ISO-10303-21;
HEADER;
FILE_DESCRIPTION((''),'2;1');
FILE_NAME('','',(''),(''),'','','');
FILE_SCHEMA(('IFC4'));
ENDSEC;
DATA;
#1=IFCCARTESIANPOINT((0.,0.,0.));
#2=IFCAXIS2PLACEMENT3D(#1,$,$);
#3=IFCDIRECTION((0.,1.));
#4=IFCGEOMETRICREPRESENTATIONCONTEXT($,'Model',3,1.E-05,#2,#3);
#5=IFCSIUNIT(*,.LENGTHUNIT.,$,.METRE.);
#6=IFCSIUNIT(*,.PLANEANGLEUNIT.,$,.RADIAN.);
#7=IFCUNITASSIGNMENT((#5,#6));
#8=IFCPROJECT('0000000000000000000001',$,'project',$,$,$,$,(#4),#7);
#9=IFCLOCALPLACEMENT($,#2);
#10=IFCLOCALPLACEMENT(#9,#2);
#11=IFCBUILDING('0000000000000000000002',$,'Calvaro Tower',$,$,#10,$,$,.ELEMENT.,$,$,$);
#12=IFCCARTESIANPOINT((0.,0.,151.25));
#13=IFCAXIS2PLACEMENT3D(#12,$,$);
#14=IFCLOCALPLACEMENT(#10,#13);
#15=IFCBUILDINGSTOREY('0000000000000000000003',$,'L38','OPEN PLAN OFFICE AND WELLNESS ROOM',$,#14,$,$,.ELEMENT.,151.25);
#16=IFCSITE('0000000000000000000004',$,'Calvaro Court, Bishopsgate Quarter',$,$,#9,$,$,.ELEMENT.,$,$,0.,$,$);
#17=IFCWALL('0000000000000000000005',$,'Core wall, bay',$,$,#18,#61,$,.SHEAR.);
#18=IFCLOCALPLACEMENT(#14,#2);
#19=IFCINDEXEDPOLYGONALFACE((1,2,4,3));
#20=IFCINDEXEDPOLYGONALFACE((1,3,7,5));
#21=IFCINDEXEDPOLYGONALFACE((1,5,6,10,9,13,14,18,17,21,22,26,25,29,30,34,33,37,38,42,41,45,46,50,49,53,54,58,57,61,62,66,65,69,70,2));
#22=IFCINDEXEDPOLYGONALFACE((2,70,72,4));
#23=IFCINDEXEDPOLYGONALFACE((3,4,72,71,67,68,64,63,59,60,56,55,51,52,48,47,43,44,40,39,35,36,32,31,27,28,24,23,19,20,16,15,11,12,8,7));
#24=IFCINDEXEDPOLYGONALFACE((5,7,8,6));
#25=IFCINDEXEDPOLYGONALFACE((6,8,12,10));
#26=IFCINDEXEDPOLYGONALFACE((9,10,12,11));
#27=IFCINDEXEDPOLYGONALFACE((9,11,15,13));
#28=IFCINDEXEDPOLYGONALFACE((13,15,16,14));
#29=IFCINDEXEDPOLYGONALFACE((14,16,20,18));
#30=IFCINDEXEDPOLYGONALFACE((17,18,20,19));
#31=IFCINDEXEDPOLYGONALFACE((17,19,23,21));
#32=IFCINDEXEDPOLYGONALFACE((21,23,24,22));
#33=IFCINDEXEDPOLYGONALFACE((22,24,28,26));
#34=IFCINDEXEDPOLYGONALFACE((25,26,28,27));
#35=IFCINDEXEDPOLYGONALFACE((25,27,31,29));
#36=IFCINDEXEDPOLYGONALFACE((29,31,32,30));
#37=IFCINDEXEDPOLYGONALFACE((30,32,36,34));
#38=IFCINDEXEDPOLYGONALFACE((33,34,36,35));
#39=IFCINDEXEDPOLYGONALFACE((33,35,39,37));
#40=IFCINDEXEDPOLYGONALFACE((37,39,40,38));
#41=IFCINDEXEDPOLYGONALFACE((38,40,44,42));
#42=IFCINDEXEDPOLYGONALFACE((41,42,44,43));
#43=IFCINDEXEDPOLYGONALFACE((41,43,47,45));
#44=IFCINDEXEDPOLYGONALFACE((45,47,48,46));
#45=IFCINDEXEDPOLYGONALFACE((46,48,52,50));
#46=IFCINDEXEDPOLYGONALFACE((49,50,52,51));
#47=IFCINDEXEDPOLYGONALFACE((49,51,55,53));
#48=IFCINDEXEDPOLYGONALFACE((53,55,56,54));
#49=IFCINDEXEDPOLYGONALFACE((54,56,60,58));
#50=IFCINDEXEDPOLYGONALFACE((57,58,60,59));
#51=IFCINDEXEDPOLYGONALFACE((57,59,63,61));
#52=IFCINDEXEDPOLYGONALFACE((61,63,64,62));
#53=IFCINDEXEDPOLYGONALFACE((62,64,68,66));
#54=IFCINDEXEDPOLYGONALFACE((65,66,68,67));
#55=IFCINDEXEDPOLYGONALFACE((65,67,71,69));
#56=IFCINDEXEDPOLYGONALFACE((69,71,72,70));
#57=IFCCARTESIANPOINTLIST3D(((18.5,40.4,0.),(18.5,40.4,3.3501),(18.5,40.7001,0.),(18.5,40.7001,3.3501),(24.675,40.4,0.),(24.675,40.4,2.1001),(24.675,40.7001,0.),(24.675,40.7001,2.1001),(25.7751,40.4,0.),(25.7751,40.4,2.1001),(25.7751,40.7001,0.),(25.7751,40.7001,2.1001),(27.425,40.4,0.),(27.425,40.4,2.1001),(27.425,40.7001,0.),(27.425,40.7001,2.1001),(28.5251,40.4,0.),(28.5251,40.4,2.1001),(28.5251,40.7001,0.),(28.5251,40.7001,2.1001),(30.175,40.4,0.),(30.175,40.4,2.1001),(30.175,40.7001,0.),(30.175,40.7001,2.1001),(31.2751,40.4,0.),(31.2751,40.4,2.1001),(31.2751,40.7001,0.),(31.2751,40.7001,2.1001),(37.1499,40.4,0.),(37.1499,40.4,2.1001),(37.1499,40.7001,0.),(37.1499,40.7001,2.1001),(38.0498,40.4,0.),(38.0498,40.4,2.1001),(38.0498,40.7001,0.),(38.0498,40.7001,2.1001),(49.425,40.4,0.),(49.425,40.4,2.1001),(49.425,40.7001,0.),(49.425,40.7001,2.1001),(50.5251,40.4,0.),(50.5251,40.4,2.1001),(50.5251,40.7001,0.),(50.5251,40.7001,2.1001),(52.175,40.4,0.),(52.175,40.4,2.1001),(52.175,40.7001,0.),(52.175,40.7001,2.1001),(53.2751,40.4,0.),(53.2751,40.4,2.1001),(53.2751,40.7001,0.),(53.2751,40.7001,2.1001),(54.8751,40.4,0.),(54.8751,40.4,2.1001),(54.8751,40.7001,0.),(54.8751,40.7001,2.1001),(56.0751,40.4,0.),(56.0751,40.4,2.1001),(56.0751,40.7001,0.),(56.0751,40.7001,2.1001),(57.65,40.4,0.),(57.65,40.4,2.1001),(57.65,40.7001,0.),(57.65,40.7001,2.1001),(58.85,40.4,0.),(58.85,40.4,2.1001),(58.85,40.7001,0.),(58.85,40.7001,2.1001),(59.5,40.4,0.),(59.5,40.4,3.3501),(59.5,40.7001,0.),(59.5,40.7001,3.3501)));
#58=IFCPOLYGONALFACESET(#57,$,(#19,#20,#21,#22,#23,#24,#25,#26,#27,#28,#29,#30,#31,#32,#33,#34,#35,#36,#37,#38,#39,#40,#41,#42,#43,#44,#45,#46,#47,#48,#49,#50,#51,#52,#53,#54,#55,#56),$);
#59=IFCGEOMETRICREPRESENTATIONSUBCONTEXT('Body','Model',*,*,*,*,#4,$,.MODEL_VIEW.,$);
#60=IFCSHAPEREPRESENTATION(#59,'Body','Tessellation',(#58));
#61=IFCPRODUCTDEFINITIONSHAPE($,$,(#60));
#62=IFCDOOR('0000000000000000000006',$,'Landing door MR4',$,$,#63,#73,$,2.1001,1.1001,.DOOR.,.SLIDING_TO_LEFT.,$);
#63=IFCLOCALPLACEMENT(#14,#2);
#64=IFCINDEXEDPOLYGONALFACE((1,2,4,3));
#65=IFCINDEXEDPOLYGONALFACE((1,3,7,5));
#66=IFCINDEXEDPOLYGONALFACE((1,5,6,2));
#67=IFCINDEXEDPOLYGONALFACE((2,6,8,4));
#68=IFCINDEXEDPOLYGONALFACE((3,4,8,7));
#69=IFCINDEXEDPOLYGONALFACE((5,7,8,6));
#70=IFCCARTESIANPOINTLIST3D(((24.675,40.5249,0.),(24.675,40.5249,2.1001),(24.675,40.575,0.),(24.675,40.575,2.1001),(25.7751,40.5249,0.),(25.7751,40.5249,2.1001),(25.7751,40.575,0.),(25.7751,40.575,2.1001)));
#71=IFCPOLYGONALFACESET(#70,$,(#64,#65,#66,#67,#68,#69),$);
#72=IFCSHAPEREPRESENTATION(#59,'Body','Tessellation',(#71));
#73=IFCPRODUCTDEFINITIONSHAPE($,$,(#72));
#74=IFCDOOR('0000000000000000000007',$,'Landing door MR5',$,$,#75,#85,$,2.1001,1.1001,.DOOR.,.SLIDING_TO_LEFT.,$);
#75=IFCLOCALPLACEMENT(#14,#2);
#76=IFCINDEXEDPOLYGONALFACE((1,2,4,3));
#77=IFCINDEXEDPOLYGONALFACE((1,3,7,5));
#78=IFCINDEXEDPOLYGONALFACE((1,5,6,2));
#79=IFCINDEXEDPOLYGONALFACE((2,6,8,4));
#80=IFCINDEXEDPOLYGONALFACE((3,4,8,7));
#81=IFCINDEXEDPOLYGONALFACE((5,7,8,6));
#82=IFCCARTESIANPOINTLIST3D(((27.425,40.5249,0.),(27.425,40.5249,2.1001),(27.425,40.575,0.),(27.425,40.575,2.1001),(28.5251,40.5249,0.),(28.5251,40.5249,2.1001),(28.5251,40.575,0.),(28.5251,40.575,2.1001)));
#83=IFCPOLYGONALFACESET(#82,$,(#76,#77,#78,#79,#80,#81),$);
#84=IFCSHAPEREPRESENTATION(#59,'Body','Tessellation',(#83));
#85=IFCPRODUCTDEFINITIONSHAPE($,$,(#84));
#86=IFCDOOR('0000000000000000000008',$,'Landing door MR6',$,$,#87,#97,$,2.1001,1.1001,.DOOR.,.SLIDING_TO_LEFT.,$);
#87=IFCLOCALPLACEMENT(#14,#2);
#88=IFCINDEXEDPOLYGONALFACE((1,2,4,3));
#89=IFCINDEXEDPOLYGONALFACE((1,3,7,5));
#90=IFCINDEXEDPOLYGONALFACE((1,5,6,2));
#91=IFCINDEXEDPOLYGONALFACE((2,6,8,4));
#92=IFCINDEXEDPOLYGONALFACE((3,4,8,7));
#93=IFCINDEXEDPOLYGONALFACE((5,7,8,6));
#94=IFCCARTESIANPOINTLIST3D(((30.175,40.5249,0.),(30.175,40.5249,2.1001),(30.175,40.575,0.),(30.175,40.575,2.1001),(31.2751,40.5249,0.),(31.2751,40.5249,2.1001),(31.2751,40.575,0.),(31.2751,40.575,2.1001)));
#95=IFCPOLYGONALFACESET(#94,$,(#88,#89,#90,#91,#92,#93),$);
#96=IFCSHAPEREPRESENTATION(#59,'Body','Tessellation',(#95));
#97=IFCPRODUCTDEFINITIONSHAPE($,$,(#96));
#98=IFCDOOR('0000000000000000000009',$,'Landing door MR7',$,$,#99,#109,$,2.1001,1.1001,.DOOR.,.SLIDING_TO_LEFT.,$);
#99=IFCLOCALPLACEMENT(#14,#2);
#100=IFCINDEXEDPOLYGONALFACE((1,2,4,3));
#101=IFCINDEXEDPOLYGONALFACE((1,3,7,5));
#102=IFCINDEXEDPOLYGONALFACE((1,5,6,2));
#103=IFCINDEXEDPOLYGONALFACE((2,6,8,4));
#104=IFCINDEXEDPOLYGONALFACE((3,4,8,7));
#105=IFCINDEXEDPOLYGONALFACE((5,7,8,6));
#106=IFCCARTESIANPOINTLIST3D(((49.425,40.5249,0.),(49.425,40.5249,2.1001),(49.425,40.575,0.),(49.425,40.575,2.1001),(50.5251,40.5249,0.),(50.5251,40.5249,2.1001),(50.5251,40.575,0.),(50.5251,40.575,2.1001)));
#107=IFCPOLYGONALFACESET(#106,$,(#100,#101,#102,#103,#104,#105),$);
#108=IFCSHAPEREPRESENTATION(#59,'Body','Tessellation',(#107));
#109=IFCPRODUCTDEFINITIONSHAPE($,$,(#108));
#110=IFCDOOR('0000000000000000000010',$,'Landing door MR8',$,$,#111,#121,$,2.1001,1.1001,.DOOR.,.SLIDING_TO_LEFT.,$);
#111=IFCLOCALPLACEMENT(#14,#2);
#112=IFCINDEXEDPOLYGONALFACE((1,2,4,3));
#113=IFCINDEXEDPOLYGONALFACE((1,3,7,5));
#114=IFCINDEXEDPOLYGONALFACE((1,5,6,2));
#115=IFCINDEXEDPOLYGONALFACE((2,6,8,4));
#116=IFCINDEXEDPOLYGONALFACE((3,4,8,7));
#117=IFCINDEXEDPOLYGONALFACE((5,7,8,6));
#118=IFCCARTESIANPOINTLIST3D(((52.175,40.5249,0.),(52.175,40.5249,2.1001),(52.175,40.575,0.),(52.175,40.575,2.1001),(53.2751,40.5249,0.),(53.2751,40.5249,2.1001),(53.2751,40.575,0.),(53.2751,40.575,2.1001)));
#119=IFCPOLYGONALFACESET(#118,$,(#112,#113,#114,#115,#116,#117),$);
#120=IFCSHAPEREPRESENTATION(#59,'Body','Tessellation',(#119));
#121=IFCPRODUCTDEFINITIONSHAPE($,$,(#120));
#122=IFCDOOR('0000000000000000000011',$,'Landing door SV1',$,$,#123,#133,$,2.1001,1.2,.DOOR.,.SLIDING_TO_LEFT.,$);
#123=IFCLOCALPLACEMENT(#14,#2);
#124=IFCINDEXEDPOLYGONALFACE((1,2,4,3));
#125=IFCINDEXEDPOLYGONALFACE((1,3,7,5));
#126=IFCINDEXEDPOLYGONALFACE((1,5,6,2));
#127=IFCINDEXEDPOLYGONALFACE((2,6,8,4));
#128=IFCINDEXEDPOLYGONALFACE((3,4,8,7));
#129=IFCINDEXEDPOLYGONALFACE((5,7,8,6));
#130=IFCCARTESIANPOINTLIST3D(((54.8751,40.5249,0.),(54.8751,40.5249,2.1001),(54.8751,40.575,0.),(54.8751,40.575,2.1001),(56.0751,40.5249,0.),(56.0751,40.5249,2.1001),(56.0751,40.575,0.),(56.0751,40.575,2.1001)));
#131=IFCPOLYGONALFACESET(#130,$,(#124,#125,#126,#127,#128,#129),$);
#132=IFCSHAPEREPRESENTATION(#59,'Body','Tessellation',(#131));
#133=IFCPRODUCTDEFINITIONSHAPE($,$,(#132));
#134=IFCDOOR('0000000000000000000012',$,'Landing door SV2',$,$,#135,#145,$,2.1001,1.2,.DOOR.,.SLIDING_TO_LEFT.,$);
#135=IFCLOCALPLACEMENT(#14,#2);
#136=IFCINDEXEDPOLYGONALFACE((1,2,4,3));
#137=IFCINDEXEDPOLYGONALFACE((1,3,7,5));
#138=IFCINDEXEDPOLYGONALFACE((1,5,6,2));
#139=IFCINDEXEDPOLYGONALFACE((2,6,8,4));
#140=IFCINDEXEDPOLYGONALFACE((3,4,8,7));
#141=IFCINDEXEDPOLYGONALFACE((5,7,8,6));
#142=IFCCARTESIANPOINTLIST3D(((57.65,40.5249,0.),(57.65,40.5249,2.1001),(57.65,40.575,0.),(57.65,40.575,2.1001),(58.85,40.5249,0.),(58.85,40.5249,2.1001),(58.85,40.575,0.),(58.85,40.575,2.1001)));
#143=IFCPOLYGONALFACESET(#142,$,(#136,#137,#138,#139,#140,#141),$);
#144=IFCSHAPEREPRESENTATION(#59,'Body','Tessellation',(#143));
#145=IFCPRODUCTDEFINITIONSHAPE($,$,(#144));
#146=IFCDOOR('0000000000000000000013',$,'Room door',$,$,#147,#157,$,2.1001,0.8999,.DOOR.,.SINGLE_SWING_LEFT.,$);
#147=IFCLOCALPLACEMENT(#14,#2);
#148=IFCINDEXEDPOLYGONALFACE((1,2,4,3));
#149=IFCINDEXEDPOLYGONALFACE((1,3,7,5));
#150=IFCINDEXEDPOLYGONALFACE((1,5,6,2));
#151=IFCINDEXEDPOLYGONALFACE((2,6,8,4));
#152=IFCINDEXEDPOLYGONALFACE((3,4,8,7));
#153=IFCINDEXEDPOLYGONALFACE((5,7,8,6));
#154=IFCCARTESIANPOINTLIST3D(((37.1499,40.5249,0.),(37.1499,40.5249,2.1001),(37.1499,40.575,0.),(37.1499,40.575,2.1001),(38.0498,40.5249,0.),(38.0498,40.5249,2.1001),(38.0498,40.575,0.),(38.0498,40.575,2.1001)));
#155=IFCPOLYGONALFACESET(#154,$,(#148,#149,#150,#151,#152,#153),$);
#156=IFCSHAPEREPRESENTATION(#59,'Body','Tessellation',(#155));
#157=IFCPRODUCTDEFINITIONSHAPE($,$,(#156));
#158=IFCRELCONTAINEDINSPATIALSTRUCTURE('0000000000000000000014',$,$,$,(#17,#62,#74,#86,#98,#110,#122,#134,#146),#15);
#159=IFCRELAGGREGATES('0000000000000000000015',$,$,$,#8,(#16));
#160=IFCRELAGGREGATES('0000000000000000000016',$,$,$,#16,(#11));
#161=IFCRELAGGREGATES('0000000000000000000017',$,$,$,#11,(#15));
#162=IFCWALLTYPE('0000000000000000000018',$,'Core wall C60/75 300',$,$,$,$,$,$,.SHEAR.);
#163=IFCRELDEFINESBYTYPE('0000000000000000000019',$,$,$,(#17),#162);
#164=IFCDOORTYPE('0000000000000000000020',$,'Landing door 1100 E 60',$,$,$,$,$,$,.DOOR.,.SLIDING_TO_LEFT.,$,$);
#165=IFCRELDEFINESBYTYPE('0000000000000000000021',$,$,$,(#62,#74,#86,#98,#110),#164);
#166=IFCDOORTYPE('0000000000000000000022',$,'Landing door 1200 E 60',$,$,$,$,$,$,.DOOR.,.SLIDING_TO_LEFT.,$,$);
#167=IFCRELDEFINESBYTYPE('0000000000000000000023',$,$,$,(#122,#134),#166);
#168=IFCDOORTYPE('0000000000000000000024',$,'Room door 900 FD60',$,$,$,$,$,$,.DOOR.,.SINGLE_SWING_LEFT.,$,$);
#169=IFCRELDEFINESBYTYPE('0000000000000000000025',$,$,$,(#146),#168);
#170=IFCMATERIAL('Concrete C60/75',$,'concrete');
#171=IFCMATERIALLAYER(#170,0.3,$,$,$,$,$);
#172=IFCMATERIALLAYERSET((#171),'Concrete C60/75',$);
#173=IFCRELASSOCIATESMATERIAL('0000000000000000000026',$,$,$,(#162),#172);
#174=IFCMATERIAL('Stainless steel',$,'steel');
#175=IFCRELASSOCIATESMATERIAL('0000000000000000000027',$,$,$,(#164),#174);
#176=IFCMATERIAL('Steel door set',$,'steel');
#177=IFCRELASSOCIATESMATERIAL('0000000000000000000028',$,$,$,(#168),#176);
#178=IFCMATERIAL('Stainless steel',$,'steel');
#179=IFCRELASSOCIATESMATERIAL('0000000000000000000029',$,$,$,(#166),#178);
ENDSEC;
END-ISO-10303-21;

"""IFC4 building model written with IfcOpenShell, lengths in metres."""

from ifc_helpers import new_model, si_unit, direction, frame, frame_2d, origin, place, context, subcontext, project, spatial, rectangle, extrude, material, layer, layer_set, type_object, element, fill, save


model = new_model("IFC4")

# Units and contexts
model_context = context("Model", 3, precision=1e-05, world=origin(), true_north=direction((0.0, 1.0)))
body_context = subcontext(model_context, "Body", "Model", "MODEL_VIEW")
ifc_project = project(units=[si_unit("LENGTHUNIT", "METRE"), si_unit("PLANEANGLEUNIT", "RADIAN")], contexts=[model_context])

# Site, building, storey
site_placement = place(None, origin())
site = spatial("IfcSite", under=ifc_project, at=site_placement, Name="Calvaro Court, Bishopsgate Quarter", CompositionType="ELEMENT", RefElevation=0.0)
building_placement = place(site_placement, origin())
building = spatial("IfcBuilding", under=site, at=building_placement, Name="Calvaro Tower", CompositionType="ELEMENT")
storey_placement = place(building_placement, frame((0.0, 0.0, 151.25)))
storey = spatial("IfcBuildingStorey", under=building, at=storey_placement, Name="L38", Description="OPEN PLAN OFFICE AND WELLNESS ROOM", CompositionType="ELEMENT", Elevation=151.25)

# Shared definitions
ifc_material_1 = material(Name="Concrete C60/75", Category="concrete")
ifc_layer_1 = layer(ifc_material_1, 0.3)
ifc_layer_set_1 = layer_set([ifc_layer_1], Name="Concrete C60/75")
wall_type_1 = type_object("IfcWallType", Name="Core wall C60/75 300", PredefinedType="SHEAR", material=ifc_layer_set_1)
ifc_material_2 = material(Name="Stainless steel", Category="steel")
door_type_1 = type_object("IfcDoorType", Name="Landing door 1100 E 60", OperationType="SLIDING_TO_LEFT", PredefinedType="DOOR", material=ifc_material_2)

# Shared definitions
ifc_material_3 = material(Name="Steel door set", Category="steel")
door_type_2 = type_object("IfcDoorType", Name="Room door 900 FD60", OperationType="SINGLE_SWING_LEFT", PredefinedType="DOOR", material=ifc_material_3)

# Wall, openings, doors
wall_1_placement = place(storey_placement, frame((18.5, 40.55, 0.0), z_axis=(0.0, 0.0, 1.0), x_axis=(1.0, 0.0, 0.0)))
wall_1 = element("IfcWall", 1, at=wall_1_placement, inside=storey, type_object=wall_type_1, Name="Core wall, bay", PredefinedType="SHEAR", context=body_context, shape_type="SweptSolid", body=[
    extrude(rectangle(XDim=41.0, YDim=0.3, at=frame_2d((20.5, 0.0))), origin(), (0.0, 0.0, 1.0), 3.3501),
])
opening_1_placement = place(wall_1_placement, frame((18.6499, 0.0, 0.0)))
opening_1 = element("IfcOpeningElement", 2, at=opening_1_placement, cuts=wall_1, PredefinedType="OPENING", context=body_context, shape_type="SweptSolid", body=[
    extrude(rectangle(XDim=0.8999, YDim=2.1001, at=frame_2d((0.45, 1.05))), frame((0.0, 0.1599, 0.0), z_axis=(0.0, -1.0, 0.0), x_axis=(1.0, 0.0, 0.0)), (0.0, 0.0, 1.0), 0.3201),
])
opening_2_placement = place(wall_1_placement, frame((6.175, 0.0, 0.0)))
opening_2 = element("IfcOpeningElement", 3, at=opening_2_placement, cuts=wall_1, PredefinedType="OPENING", context=body_context, shape_type="SweptSolid", body=[
    extrude(rectangle(XDim=1.1001, YDim=2.1001, at=frame_2d((0.55, 1.05))), frame((0.0, 0.1599, 0.0), z_axis=(0.0, -1.0, 0.0), x_axis=(1.0, 0.0, 0.0)), (0.0, 0.0, 1.0), 0.3201),
])
opening_3_placement = place(wall_1_placement, frame((8.925, 0.0, 0.0)))
opening_3 = element("IfcOpeningElement", 4, at=opening_3_placement, cuts=wall_1, PredefinedType="OPENING", context=body_context, shape_type="SweptSolid", body=[
    extrude(rectangle(XDim=1.1001, YDim=2.1001, at=frame_2d((0.55, 1.05))), frame((0.0, 0.1599, 0.0), z_axis=(0.0, -1.0, 0.0), x_axis=(1.0, 0.0, 0.0)), (0.0, 0.0, 1.0), 0.3201),
])
opening_4_placement = place(wall_1_placement, frame((11.675, 0.0, 0.0)))
opening_4 = element("IfcOpeningElement", 5, at=opening_4_placement, cuts=wall_1, PredefinedType="OPENING", context=body_context, shape_type="SweptSolid", body=[
    extrude(rectangle(XDim=1.1001, YDim=2.1001, at=frame_2d((0.55, 1.05))), frame((0.0, 0.1599, 0.0), z_axis=(0.0, -1.0, 0.0), x_axis=(1.0, 0.0, 0.0)), (0.0, 0.0, 1.0), 0.3201),
])
opening_5_placement = place(wall_1_placement, frame((30.925, 0.0, 0.0)))
opening_5 = element("IfcOpeningElement", 6, at=opening_5_placement, cuts=wall_1, PredefinedType="OPENING", context=body_context, shape_type="SweptSolid", body=[
    extrude(rectangle(XDim=1.1001, YDim=2.1001, at=frame_2d((0.55, 1.05))), frame((0.0, 0.1599, 0.0), z_axis=(0.0, -1.0, 0.0), x_axis=(1.0, 0.0, 0.0)), (0.0, 0.0, 1.0), 0.3201),
])
opening_6_placement = place(wall_1_placement, frame((33.675, 0.0, 0.0)))
opening_6 = element("IfcOpeningElement", 7, at=opening_6_placement, cuts=wall_1, PredefinedType="OPENING", context=body_context, shape_type="SweptSolid", body=[
    extrude(rectangle(XDim=1.1001, YDim=2.1001, at=frame_2d((0.55, 1.05))), frame((0.0, 0.1599, 0.0), z_axis=(0.0, -1.0, 0.0), x_axis=(1.0, 0.0, 0.0)), (0.0, 0.0, 1.0), 0.3201),
])
opening_7_placement = place(wall_1_placement, frame((36.375, 0.0, 0.0)))
opening_7 = element("IfcOpeningElement", 8, at=opening_7_placement, cuts=wall_1, PredefinedType="OPENING", context=body_context, shape_type="SweptSolid", body=[
    extrude(rectangle(XDim=1.2, YDim=2.1001, at=frame_2d((0.6001, 1.05))), frame((0.0, 0.1599, 0.0), z_axis=(0.0, -1.0, 0.0), x_axis=(1.0, 0.0, 0.0)), (0.0, 0.0, 1.0), 0.3201),
])
opening_8_placement = place(wall_1_placement, frame((39.1499, 0.0, 0.0)))
opening_8 = element("IfcOpeningElement", 9, at=opening_8_placement, cuts=wall_1, PredefinedType="OPENING", context=body_context, shape_type="SweptSolid", body=[
    extrude(rectangle(XDim=1.2, YDim=2.1001, at=frame_2d((0.6001, 1.05))), frame((0.0, 0.1599, 0.0), z_axis=(0.0, -1.0, 0.0), x_axis=(1.0, 0.0, 0.0)), (0.0, 0.0, 1.0), 0.3201),
])
door_1_placement = place(opening_2_placement, origin())
door_1 = element("IfcDoor", 10, at=door_1_placement, inside=storey, type_object=door_type_1, Name="Landing door MR4", OperationType="SLIDING_TO_LEFT", OverallHeight=2.1001, OverallWidth=1.1001, PredefinedType="DOOR", context=body_context, shape_type="SweptSolid", body=[
    extrude(rectangle(XDim=1.1001, YDim=2.1001, at=frame_2d((0.55, 1.05))), frame((0.0, 0.0249, 0.0), z_axis=(0.0, -1.0, 0.0), x_axis=(1.0, 0.0, 0.0)), (0.0, 0.0, 1.0), 0.05),
])
fill(opening_2, door_1)
door_2_placement = place(opening_3_placement, origin())
door_2 = element("IfcDoor", 11, at=door_2_placement, inside=storey, type_object=door_type_1, Name="Landing door MR5", OperationType="SLIDING_TO_LEFT", OverallHeight=2.1001, OverallWidth=1.1001, PredefinedType="DOOR", context=body_context, shape_type="SweptSolid", body=[
    extrude(rectangle(XDim=1.1001, YDim=2.1001, at=frame_2d((0.55, 1.05))), frame((0.0, 0.0249, 0.0), z_axis=(0.0, -1.0, 0.0), x_axis=(1.0, 0.0, 0.0)), (0.0, 0.0, 1.0), 0.05),
])
fill(opening_3, door_2)
door_3_placement = place(opening_4_placement, origin())
door_3 = element("IfcDoor", 12, at=door_3_placement, inside=storey, type_object=door_type_1, Name="Landing door MR6", OperationType="SLIDING_TO_LEFT", OverallHeight=2.1001, OverallWidth=1.1001, PredefinedType="DOOR", context=body_context, shape_type="SweptSolid", body=[
    extrude(rectangle(XDim=1.1001, YDim=2.1001, at=frame_2d((0.55, 1.05))), frame((0.0, 0.0249, 0.0), z_axis=(0.0, -1.0, 0.0), x_axis=(1.0, 0.0, 0.0)), (0.0, 0.0, 1.0), 0.05),
])
fill(opening_4, door_3)
door_4_placement = place(opening_5_placement, origin())
door_4 = element("IfcDoor", 13, at=door_4_placement, inside=storey, type_object=door_type_1, Name="Landing door MR7", OperationType="SLIDING_TO_LEFT", OverallHeight=2.1001, OverallWidth=1.1001, PredefinedType="DOOR", context=body_context, shape_type="SweptSolid", body=[
    extrude(rectangle(XDim=1.1001, YDim=2.1001, at=frame_2d((0.55, 1.05))), frame((0.0, 0.0249, 0.0), z_axis=(0.0, -1.0, 0.0), x_axis=(1.0, 0.0, 0.0)), (0.0, 0.0, 1.0), 0.05),
])
fill(opening_5, door_4)
door_5_placement = place(opening_6_placement, origin())
door_5 = element("IfcDoor", 14, at=door_5_placement, inside=storey, type_object=door_type_1, Name="Landing door MR8", OperationType="SLIDING_TO_LEFT", OverallHeight=2.1001, OverallWidth=1.1001, PredefinedType="DOOR", context=body_context, shape_type="SweptSolid", body=[
    extrude(rectangle(XDim=1.1001, YDim=2.1001, at=frame_2d((0.55, 1.05))), frame((0.0, 0.0249, 0.0), z_axis=(0.0, -1.0, 0.0), x_axis=(1.0, 0.0, 0.0)), (0.0, 0.0, 1.0), 0.05),
])
fill(opening_6, door_5)
ifc_material_4 = material(Name="Stainless steel", Category="steel")
door_type_3 = type_object("IfcDoorType", Name="Landing door 1200 E 60", OperationType="SLIDING_TO_LEFT", PredefinedType="DOOR", material=ifc_material_4)
door_6_placement = place(opening_7_placement, origin())
door_6 = element("IfcDoor", 15, at=door_6_placement, inside=storey, type_object=door_type_3, Name="Landing door SV1", OperationType="SLIDING_TO_LEFT", OverallHeight=2.1001, OverallWidth=1.2, PredefinedType="DOOR", context=body_context, shape_type="SweptSolid", body=[
    extrude(rectangle(XDim=1.2, YDim=2.1001, at=frame_2d((0.6001, 1.05))), frame((0.0, 0.0249, 0.0), z_axis=(0.0, -1.0, 0.0), x_axis=(1.0, 0.0, 0.0)), (0.0, 0.0, 1.0), 0.05),
])
fill(opening_7, door_6)
door_7_placement = place(opening_8_placement, origin())
door_7 = element("IfcDoor", 16, at=door_7_placement, inside=storey, type_object=door_type_3, Name="Landing door SV2", OperationType="SLIDING_TO_LEFT", OverallHeight=2.1001, OverallWidth=1.2, PredefinedType="DOOR", context=body_context, shape_type="SweptSolid", body=[
    extrude(rectangle(XDim=1.2, YDim=2.1001, at=frame_2d((0.6001, 1.05))), frame((0.0, 0.0249, 0.0), z_axis=(0.0, -1.0, 0.0), x_axis=(1.0, 0.0, 0.0)), (0.0, 0.0, 1.0), 0.05),
])
fill(opening_8, door_7)
door_8_placement = place(opening_1_placement, origin())
door_8 = element("IfcDoor", 17, at=door_8_placement, inside=storey, type_object=door_type_2, Name="Room door", OperationType="SINGLE_SWING_LEFT", OverallHeight=2.1001, OverallWidth=0.8999, PredefinedType="DOOR", context=body_context, shape_type="SweptSolid", body=[
    extrude(rectangle(XDim=0.8999, YDim=2.1001, at=frame_2d((0.45, 1.05))), frame((0.0, 0.0249, 0.0), z_axis=(0.0, -1.0, 0.0), x_axis=(1.0, 0.0, 0.0)), (0.0, 0.0, 1.0), 0.05),
])
fill(opening_1, door_8)

save(model, "model.ifc")
